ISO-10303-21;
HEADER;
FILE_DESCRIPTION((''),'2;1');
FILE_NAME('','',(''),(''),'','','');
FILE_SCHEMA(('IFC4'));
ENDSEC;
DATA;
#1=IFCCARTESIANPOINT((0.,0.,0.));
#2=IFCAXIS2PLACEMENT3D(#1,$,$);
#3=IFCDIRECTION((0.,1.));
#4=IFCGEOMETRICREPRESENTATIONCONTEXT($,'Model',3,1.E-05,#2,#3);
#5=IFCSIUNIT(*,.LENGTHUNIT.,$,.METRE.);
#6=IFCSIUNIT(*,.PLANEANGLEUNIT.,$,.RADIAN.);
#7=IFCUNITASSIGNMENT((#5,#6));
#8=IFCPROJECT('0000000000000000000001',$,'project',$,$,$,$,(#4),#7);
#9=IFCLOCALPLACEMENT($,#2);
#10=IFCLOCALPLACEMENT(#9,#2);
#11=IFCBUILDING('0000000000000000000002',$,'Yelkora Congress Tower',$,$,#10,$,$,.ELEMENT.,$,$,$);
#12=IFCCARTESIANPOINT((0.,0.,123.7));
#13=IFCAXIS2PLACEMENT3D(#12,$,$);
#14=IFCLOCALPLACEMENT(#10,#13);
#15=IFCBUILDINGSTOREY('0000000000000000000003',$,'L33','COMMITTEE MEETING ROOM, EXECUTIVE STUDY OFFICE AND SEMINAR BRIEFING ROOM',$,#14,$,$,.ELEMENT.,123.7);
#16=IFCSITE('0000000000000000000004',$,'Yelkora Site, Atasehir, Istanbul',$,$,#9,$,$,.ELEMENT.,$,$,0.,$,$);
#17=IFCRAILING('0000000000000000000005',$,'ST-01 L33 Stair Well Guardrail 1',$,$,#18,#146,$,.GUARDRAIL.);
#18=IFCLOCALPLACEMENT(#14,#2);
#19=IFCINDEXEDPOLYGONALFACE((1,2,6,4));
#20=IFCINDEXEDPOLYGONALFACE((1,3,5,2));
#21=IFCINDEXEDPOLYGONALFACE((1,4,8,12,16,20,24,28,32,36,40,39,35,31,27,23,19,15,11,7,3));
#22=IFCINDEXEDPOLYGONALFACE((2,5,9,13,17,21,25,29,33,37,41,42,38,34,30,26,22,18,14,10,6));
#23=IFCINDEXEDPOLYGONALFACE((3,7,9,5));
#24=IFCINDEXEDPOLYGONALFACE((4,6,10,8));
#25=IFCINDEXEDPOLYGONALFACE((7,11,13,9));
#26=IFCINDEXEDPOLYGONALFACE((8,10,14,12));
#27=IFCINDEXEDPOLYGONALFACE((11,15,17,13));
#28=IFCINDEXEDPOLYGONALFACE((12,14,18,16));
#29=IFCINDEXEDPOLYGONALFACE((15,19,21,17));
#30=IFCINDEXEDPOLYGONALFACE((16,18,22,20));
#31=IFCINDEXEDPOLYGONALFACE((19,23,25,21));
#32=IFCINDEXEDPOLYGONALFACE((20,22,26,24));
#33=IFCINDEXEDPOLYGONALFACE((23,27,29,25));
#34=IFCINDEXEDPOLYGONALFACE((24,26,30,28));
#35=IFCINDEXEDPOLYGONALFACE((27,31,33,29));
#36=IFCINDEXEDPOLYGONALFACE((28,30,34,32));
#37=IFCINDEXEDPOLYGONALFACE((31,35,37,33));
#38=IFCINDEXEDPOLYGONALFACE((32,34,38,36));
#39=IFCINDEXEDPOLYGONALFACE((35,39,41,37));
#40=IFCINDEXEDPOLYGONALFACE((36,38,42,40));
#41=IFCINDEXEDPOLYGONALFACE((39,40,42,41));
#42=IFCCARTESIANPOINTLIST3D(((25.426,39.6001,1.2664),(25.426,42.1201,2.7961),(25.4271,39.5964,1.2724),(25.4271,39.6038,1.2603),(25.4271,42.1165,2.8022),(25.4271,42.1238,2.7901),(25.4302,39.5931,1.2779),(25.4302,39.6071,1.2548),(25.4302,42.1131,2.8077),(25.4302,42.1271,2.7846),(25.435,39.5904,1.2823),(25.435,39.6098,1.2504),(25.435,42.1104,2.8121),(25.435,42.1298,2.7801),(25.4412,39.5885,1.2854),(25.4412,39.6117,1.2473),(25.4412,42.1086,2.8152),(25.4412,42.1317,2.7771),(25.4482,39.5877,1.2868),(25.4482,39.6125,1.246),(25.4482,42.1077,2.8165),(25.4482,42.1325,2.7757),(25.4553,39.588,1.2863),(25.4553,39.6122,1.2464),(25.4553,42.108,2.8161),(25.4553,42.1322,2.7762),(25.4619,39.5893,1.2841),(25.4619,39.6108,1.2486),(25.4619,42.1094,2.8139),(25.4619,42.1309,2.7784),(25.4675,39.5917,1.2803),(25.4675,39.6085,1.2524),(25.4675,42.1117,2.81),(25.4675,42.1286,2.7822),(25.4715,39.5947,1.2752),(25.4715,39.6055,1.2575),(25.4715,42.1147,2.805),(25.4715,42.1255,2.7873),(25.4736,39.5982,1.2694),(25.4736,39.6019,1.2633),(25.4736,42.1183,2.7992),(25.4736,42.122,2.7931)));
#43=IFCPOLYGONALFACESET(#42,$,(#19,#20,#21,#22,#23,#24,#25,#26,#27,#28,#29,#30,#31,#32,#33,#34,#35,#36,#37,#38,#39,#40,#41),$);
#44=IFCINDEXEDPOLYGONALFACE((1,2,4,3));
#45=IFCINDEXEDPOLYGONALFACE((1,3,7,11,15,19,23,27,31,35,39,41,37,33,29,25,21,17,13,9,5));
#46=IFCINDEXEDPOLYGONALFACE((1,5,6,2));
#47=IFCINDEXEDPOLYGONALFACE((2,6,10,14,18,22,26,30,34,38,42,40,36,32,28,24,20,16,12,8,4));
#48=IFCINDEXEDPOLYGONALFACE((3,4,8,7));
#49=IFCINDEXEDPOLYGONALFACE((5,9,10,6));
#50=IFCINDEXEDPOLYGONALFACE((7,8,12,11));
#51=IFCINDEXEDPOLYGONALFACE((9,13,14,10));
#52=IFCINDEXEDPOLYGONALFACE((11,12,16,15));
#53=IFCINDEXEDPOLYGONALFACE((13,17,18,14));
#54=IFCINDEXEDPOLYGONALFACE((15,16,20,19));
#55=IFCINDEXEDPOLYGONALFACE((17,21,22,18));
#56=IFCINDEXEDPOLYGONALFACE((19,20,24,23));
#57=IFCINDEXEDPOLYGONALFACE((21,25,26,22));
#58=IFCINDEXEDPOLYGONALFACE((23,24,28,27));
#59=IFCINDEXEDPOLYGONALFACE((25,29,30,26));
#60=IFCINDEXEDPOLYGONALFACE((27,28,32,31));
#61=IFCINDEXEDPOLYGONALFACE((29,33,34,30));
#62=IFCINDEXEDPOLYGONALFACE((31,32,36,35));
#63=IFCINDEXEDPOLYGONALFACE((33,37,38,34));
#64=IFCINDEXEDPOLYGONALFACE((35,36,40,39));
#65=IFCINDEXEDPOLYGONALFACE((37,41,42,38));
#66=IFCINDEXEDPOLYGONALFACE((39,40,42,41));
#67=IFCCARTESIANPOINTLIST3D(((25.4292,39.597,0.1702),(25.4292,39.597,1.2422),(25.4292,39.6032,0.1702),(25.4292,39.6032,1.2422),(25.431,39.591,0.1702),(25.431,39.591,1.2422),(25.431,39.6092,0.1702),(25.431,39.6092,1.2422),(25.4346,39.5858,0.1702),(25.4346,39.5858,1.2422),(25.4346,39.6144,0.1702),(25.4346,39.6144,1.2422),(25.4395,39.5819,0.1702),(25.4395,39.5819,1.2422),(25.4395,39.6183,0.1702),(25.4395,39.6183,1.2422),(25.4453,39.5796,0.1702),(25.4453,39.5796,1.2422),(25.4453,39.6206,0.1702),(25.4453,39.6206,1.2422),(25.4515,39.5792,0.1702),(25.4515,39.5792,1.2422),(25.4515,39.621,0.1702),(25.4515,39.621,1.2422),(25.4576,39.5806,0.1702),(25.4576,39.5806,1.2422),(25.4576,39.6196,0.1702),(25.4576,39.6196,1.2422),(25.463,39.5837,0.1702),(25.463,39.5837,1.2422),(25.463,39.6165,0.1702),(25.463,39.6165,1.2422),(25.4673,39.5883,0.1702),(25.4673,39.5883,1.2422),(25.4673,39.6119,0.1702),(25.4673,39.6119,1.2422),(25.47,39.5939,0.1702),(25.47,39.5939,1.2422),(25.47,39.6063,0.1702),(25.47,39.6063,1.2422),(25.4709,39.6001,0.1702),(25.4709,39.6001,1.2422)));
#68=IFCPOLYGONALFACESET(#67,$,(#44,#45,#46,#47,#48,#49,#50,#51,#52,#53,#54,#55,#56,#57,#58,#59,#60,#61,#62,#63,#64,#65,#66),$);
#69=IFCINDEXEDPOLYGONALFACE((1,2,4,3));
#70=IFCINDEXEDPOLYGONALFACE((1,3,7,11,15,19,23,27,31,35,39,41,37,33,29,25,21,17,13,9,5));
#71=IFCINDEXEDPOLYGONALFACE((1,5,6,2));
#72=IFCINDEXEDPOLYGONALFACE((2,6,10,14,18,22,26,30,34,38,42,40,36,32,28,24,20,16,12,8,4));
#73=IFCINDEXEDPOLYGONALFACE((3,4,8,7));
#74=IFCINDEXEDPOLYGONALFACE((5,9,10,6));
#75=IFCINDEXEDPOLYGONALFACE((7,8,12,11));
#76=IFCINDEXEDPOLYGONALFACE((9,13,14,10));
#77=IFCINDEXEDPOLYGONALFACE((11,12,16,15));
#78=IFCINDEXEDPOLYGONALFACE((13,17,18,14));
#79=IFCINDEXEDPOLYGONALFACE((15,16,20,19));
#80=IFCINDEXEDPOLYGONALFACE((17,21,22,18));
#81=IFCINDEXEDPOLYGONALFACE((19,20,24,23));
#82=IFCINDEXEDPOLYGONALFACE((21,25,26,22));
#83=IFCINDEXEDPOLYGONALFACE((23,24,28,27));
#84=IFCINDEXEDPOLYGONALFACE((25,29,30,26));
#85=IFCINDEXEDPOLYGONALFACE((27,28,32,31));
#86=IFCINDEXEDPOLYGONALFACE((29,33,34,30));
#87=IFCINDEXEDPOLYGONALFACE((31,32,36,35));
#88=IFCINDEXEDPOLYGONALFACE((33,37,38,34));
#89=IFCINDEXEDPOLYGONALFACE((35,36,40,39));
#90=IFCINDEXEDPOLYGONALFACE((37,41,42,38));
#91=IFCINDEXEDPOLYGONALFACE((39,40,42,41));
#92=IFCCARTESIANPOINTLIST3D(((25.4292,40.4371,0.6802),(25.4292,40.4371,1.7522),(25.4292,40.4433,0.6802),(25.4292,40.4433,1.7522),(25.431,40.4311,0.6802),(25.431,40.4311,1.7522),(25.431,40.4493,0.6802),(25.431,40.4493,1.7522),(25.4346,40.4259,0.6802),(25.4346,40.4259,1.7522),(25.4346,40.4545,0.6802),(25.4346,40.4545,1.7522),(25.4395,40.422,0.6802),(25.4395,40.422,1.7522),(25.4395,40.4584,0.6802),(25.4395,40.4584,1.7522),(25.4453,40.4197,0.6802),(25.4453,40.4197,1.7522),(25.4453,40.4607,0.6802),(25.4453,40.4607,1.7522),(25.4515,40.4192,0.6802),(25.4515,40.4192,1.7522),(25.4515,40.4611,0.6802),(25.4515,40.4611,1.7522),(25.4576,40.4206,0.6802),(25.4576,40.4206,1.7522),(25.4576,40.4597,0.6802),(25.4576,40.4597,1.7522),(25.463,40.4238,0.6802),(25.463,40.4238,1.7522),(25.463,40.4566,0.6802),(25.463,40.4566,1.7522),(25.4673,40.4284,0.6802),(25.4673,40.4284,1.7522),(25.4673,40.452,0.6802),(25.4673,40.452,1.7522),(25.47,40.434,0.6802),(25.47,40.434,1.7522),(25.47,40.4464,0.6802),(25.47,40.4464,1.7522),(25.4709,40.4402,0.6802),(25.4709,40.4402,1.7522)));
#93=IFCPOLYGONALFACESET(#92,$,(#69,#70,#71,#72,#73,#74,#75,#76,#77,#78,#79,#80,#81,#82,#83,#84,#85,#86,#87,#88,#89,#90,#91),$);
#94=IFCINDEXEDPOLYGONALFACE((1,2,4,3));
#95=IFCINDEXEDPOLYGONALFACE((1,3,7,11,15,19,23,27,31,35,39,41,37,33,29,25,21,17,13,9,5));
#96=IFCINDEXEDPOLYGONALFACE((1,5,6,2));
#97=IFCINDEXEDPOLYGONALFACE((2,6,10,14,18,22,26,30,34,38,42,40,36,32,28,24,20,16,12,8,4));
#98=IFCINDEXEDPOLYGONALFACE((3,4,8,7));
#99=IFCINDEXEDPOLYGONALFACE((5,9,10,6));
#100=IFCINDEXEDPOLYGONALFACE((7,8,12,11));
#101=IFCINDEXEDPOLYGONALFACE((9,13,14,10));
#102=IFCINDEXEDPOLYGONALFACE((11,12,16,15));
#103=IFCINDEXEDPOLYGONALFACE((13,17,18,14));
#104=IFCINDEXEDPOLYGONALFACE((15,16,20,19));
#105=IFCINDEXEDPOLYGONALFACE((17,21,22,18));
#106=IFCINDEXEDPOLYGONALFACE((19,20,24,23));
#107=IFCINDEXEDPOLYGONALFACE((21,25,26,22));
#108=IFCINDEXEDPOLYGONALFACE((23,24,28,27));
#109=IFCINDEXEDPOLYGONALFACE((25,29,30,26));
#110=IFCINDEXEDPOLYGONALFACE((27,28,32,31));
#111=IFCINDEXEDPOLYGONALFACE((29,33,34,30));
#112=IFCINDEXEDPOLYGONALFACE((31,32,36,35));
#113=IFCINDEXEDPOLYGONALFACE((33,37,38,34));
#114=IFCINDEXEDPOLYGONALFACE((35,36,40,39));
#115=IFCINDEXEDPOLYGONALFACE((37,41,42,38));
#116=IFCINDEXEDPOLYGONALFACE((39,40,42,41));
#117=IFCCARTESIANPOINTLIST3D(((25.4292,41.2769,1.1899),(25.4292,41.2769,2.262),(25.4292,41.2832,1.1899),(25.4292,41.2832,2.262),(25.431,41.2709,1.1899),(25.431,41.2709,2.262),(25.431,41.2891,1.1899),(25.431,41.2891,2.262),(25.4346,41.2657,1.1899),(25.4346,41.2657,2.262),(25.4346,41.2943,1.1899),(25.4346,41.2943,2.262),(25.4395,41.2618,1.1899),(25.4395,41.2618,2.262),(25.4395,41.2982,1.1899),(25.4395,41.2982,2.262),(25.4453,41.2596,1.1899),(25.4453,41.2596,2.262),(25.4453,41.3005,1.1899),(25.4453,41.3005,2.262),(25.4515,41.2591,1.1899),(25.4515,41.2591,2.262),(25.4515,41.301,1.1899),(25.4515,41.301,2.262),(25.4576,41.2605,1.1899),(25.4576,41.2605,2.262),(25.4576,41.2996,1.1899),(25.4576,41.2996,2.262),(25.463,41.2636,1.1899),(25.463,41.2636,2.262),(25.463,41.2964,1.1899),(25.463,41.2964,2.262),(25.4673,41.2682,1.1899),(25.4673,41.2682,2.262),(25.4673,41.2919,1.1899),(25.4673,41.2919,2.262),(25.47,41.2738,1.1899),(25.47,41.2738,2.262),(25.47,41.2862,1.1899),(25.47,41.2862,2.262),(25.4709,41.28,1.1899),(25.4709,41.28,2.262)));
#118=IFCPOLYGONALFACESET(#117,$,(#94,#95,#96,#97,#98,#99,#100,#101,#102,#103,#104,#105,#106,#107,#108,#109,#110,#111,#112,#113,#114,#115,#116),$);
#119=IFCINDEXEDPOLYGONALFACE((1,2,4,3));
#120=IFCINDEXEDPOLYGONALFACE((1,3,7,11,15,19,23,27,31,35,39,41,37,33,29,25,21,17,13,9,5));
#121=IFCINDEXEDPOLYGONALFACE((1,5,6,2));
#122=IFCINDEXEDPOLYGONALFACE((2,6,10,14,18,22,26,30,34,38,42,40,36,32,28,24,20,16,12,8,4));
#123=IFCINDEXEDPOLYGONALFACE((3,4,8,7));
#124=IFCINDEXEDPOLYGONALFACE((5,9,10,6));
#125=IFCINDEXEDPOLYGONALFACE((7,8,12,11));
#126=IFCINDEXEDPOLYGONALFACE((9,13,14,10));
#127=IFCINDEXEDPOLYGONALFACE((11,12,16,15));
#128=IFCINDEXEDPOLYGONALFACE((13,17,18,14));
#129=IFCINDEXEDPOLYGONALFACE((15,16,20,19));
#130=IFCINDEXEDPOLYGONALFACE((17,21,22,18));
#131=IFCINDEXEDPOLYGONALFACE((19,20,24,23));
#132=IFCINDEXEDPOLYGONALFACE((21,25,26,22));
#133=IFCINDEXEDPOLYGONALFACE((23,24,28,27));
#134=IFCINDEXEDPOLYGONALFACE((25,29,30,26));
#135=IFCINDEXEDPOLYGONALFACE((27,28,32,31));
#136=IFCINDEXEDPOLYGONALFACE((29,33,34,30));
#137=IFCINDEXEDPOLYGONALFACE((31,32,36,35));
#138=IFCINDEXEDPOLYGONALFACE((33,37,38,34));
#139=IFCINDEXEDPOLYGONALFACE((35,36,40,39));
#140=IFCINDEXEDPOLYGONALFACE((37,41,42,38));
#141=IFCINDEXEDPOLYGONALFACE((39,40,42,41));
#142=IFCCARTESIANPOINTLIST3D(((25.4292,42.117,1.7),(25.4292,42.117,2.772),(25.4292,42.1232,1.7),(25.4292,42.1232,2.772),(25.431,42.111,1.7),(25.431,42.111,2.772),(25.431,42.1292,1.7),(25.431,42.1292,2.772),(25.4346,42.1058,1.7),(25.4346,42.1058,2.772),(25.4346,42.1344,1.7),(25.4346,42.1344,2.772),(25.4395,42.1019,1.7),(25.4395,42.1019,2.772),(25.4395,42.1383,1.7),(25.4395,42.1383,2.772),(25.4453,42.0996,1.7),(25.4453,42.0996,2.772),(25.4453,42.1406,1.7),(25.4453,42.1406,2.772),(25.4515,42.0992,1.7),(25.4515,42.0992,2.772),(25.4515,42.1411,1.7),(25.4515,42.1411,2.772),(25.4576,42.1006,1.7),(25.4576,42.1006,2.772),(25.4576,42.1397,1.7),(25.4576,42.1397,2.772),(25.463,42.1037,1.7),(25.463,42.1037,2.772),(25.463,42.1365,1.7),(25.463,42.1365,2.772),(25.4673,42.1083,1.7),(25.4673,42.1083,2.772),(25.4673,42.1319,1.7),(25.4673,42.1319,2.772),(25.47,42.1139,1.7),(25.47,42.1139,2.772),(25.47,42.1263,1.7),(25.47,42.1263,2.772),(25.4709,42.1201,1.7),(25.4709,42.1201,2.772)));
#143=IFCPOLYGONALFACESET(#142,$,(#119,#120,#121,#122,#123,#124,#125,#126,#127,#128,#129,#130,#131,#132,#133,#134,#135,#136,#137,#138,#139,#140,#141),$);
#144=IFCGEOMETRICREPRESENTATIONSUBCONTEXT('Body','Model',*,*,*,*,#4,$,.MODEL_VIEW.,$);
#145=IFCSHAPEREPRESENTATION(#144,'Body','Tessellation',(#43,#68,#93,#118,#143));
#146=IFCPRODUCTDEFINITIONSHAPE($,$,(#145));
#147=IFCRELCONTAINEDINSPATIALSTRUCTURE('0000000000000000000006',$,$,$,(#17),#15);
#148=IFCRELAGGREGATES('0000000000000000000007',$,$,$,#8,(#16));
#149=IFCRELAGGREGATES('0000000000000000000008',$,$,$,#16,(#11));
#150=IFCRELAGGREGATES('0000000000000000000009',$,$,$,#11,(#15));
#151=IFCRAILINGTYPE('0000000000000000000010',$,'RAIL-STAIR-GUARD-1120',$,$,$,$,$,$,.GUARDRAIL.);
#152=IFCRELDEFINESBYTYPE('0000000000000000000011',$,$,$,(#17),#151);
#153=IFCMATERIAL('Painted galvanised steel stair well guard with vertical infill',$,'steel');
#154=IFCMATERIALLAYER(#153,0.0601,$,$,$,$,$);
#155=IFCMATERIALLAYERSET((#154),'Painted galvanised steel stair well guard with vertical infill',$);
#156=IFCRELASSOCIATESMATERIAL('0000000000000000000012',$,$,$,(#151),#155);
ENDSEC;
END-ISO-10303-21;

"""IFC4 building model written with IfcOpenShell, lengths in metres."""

from ifc_helpers import new_model, si_unit, direction, frame, origin, origin_2d, place, context, subcontext, project, spatial, circle, extrude, material, layer, layer_set, type_object, element, save


model = new_model("IFC4")

# Units and contexts
model_context = context("Model", 3, precision=1e-05, world=origin(), true_north=direction((0.0, 1.0)))
body_context = subcontext(model_context, "Body", "Model", "MODEL_VIEW")
ifc_project = project(units=[si_unit("LENGTHUNIT", "METRE"), si_unit("PLANEANGLEUNIT", "RADIAN")], contexts=[model_context])

# Site, building, storey
site_placement = place(None, origin())
site = spatial("IfcSite", under=ifc_project, at=site_placement, Name="Yelkora Site, Atasehir, Istanbul", CompositionType="ELEMENT", RefElevation=0.0)
building_placement = place(site_placement, origin())
building = spatial("IfcBuilding", under=site, at=building_placement, Name="Yelkora Congress Tower", CompositionType="ELEMENT")
storey_placement = place(building_placement, frame((0.0, 0.0, 123.7)))
storey = spatial("IfcBuildingStorey", under=building, at=storey_placement, Name="L33", Description="COMMITTEE MEETING ROOM, EXECUTIVE STUDY OFFICE AND SEMINAR BRIEFING ROOM", CompositionType="ELEMENT", Elevation=123.7)

# Railing
ifc_material_1 = material(Name="Painted galvanised steel stair well guard with vertical infill", Category="steel")
ifc_layer_1 = layer(ifc_material_1, 0.0601)
ifc_layer_set_1 = layer_set([ifc_layer_1], Name="Painted galvanised steel stair well guard with vertical infill")
railing_type_1 = type_object("IfcRailingType", Name="RAIL-STAIR-GUARD-1120", PredefinedType="GUARDRAIL", material=ifc_layer_set_1)
railing_1_placement = place(storey_placement, frame((25.45, 39.6001, 0.1702)))
element("IfcRailing", 1, at=railing_1_placement, inside=storey, type_object=railing_type_1, Name="ST-01 L33 Stair Well Guardrail 1", PredefinedType="GUARDRAIL", context=body_context, shape_type="SweptSolid", body=[
    extrude(circle(Radius=0.0239, at=origin_2d()), frame((0.0, 0.0, 1.0962), z_axis=(0.0, 0.854822, 0.518922), x_axis=(-1.0, 0.0, 0.0)), (0.0, 0.0, 1.0), 2.948),
    extrude(circle(Radius=0.021, at=origin_2d()), origin(), (0.0, 0.0, 1.0), 1.072),
    extrude(circle(Radius=0.021, at=origin_2d()), frame((0.0, 0.8401, 0.51)), (0.0, 0.0, 1.0), 1.072),
    extrude(circle(Radius=0.021, at=origin_2d()), frame((0.0, 1.6799, 1.0198)), (0.0, 0.0, 1.0), 1.072),
    extrude(circle(Radius=0.021, at=origin_2d()), frame((0.0, 2.52, 1.5298)), (0.0, 0.0, 1.0), 1.072),
])

save(model, "model.ifc")
